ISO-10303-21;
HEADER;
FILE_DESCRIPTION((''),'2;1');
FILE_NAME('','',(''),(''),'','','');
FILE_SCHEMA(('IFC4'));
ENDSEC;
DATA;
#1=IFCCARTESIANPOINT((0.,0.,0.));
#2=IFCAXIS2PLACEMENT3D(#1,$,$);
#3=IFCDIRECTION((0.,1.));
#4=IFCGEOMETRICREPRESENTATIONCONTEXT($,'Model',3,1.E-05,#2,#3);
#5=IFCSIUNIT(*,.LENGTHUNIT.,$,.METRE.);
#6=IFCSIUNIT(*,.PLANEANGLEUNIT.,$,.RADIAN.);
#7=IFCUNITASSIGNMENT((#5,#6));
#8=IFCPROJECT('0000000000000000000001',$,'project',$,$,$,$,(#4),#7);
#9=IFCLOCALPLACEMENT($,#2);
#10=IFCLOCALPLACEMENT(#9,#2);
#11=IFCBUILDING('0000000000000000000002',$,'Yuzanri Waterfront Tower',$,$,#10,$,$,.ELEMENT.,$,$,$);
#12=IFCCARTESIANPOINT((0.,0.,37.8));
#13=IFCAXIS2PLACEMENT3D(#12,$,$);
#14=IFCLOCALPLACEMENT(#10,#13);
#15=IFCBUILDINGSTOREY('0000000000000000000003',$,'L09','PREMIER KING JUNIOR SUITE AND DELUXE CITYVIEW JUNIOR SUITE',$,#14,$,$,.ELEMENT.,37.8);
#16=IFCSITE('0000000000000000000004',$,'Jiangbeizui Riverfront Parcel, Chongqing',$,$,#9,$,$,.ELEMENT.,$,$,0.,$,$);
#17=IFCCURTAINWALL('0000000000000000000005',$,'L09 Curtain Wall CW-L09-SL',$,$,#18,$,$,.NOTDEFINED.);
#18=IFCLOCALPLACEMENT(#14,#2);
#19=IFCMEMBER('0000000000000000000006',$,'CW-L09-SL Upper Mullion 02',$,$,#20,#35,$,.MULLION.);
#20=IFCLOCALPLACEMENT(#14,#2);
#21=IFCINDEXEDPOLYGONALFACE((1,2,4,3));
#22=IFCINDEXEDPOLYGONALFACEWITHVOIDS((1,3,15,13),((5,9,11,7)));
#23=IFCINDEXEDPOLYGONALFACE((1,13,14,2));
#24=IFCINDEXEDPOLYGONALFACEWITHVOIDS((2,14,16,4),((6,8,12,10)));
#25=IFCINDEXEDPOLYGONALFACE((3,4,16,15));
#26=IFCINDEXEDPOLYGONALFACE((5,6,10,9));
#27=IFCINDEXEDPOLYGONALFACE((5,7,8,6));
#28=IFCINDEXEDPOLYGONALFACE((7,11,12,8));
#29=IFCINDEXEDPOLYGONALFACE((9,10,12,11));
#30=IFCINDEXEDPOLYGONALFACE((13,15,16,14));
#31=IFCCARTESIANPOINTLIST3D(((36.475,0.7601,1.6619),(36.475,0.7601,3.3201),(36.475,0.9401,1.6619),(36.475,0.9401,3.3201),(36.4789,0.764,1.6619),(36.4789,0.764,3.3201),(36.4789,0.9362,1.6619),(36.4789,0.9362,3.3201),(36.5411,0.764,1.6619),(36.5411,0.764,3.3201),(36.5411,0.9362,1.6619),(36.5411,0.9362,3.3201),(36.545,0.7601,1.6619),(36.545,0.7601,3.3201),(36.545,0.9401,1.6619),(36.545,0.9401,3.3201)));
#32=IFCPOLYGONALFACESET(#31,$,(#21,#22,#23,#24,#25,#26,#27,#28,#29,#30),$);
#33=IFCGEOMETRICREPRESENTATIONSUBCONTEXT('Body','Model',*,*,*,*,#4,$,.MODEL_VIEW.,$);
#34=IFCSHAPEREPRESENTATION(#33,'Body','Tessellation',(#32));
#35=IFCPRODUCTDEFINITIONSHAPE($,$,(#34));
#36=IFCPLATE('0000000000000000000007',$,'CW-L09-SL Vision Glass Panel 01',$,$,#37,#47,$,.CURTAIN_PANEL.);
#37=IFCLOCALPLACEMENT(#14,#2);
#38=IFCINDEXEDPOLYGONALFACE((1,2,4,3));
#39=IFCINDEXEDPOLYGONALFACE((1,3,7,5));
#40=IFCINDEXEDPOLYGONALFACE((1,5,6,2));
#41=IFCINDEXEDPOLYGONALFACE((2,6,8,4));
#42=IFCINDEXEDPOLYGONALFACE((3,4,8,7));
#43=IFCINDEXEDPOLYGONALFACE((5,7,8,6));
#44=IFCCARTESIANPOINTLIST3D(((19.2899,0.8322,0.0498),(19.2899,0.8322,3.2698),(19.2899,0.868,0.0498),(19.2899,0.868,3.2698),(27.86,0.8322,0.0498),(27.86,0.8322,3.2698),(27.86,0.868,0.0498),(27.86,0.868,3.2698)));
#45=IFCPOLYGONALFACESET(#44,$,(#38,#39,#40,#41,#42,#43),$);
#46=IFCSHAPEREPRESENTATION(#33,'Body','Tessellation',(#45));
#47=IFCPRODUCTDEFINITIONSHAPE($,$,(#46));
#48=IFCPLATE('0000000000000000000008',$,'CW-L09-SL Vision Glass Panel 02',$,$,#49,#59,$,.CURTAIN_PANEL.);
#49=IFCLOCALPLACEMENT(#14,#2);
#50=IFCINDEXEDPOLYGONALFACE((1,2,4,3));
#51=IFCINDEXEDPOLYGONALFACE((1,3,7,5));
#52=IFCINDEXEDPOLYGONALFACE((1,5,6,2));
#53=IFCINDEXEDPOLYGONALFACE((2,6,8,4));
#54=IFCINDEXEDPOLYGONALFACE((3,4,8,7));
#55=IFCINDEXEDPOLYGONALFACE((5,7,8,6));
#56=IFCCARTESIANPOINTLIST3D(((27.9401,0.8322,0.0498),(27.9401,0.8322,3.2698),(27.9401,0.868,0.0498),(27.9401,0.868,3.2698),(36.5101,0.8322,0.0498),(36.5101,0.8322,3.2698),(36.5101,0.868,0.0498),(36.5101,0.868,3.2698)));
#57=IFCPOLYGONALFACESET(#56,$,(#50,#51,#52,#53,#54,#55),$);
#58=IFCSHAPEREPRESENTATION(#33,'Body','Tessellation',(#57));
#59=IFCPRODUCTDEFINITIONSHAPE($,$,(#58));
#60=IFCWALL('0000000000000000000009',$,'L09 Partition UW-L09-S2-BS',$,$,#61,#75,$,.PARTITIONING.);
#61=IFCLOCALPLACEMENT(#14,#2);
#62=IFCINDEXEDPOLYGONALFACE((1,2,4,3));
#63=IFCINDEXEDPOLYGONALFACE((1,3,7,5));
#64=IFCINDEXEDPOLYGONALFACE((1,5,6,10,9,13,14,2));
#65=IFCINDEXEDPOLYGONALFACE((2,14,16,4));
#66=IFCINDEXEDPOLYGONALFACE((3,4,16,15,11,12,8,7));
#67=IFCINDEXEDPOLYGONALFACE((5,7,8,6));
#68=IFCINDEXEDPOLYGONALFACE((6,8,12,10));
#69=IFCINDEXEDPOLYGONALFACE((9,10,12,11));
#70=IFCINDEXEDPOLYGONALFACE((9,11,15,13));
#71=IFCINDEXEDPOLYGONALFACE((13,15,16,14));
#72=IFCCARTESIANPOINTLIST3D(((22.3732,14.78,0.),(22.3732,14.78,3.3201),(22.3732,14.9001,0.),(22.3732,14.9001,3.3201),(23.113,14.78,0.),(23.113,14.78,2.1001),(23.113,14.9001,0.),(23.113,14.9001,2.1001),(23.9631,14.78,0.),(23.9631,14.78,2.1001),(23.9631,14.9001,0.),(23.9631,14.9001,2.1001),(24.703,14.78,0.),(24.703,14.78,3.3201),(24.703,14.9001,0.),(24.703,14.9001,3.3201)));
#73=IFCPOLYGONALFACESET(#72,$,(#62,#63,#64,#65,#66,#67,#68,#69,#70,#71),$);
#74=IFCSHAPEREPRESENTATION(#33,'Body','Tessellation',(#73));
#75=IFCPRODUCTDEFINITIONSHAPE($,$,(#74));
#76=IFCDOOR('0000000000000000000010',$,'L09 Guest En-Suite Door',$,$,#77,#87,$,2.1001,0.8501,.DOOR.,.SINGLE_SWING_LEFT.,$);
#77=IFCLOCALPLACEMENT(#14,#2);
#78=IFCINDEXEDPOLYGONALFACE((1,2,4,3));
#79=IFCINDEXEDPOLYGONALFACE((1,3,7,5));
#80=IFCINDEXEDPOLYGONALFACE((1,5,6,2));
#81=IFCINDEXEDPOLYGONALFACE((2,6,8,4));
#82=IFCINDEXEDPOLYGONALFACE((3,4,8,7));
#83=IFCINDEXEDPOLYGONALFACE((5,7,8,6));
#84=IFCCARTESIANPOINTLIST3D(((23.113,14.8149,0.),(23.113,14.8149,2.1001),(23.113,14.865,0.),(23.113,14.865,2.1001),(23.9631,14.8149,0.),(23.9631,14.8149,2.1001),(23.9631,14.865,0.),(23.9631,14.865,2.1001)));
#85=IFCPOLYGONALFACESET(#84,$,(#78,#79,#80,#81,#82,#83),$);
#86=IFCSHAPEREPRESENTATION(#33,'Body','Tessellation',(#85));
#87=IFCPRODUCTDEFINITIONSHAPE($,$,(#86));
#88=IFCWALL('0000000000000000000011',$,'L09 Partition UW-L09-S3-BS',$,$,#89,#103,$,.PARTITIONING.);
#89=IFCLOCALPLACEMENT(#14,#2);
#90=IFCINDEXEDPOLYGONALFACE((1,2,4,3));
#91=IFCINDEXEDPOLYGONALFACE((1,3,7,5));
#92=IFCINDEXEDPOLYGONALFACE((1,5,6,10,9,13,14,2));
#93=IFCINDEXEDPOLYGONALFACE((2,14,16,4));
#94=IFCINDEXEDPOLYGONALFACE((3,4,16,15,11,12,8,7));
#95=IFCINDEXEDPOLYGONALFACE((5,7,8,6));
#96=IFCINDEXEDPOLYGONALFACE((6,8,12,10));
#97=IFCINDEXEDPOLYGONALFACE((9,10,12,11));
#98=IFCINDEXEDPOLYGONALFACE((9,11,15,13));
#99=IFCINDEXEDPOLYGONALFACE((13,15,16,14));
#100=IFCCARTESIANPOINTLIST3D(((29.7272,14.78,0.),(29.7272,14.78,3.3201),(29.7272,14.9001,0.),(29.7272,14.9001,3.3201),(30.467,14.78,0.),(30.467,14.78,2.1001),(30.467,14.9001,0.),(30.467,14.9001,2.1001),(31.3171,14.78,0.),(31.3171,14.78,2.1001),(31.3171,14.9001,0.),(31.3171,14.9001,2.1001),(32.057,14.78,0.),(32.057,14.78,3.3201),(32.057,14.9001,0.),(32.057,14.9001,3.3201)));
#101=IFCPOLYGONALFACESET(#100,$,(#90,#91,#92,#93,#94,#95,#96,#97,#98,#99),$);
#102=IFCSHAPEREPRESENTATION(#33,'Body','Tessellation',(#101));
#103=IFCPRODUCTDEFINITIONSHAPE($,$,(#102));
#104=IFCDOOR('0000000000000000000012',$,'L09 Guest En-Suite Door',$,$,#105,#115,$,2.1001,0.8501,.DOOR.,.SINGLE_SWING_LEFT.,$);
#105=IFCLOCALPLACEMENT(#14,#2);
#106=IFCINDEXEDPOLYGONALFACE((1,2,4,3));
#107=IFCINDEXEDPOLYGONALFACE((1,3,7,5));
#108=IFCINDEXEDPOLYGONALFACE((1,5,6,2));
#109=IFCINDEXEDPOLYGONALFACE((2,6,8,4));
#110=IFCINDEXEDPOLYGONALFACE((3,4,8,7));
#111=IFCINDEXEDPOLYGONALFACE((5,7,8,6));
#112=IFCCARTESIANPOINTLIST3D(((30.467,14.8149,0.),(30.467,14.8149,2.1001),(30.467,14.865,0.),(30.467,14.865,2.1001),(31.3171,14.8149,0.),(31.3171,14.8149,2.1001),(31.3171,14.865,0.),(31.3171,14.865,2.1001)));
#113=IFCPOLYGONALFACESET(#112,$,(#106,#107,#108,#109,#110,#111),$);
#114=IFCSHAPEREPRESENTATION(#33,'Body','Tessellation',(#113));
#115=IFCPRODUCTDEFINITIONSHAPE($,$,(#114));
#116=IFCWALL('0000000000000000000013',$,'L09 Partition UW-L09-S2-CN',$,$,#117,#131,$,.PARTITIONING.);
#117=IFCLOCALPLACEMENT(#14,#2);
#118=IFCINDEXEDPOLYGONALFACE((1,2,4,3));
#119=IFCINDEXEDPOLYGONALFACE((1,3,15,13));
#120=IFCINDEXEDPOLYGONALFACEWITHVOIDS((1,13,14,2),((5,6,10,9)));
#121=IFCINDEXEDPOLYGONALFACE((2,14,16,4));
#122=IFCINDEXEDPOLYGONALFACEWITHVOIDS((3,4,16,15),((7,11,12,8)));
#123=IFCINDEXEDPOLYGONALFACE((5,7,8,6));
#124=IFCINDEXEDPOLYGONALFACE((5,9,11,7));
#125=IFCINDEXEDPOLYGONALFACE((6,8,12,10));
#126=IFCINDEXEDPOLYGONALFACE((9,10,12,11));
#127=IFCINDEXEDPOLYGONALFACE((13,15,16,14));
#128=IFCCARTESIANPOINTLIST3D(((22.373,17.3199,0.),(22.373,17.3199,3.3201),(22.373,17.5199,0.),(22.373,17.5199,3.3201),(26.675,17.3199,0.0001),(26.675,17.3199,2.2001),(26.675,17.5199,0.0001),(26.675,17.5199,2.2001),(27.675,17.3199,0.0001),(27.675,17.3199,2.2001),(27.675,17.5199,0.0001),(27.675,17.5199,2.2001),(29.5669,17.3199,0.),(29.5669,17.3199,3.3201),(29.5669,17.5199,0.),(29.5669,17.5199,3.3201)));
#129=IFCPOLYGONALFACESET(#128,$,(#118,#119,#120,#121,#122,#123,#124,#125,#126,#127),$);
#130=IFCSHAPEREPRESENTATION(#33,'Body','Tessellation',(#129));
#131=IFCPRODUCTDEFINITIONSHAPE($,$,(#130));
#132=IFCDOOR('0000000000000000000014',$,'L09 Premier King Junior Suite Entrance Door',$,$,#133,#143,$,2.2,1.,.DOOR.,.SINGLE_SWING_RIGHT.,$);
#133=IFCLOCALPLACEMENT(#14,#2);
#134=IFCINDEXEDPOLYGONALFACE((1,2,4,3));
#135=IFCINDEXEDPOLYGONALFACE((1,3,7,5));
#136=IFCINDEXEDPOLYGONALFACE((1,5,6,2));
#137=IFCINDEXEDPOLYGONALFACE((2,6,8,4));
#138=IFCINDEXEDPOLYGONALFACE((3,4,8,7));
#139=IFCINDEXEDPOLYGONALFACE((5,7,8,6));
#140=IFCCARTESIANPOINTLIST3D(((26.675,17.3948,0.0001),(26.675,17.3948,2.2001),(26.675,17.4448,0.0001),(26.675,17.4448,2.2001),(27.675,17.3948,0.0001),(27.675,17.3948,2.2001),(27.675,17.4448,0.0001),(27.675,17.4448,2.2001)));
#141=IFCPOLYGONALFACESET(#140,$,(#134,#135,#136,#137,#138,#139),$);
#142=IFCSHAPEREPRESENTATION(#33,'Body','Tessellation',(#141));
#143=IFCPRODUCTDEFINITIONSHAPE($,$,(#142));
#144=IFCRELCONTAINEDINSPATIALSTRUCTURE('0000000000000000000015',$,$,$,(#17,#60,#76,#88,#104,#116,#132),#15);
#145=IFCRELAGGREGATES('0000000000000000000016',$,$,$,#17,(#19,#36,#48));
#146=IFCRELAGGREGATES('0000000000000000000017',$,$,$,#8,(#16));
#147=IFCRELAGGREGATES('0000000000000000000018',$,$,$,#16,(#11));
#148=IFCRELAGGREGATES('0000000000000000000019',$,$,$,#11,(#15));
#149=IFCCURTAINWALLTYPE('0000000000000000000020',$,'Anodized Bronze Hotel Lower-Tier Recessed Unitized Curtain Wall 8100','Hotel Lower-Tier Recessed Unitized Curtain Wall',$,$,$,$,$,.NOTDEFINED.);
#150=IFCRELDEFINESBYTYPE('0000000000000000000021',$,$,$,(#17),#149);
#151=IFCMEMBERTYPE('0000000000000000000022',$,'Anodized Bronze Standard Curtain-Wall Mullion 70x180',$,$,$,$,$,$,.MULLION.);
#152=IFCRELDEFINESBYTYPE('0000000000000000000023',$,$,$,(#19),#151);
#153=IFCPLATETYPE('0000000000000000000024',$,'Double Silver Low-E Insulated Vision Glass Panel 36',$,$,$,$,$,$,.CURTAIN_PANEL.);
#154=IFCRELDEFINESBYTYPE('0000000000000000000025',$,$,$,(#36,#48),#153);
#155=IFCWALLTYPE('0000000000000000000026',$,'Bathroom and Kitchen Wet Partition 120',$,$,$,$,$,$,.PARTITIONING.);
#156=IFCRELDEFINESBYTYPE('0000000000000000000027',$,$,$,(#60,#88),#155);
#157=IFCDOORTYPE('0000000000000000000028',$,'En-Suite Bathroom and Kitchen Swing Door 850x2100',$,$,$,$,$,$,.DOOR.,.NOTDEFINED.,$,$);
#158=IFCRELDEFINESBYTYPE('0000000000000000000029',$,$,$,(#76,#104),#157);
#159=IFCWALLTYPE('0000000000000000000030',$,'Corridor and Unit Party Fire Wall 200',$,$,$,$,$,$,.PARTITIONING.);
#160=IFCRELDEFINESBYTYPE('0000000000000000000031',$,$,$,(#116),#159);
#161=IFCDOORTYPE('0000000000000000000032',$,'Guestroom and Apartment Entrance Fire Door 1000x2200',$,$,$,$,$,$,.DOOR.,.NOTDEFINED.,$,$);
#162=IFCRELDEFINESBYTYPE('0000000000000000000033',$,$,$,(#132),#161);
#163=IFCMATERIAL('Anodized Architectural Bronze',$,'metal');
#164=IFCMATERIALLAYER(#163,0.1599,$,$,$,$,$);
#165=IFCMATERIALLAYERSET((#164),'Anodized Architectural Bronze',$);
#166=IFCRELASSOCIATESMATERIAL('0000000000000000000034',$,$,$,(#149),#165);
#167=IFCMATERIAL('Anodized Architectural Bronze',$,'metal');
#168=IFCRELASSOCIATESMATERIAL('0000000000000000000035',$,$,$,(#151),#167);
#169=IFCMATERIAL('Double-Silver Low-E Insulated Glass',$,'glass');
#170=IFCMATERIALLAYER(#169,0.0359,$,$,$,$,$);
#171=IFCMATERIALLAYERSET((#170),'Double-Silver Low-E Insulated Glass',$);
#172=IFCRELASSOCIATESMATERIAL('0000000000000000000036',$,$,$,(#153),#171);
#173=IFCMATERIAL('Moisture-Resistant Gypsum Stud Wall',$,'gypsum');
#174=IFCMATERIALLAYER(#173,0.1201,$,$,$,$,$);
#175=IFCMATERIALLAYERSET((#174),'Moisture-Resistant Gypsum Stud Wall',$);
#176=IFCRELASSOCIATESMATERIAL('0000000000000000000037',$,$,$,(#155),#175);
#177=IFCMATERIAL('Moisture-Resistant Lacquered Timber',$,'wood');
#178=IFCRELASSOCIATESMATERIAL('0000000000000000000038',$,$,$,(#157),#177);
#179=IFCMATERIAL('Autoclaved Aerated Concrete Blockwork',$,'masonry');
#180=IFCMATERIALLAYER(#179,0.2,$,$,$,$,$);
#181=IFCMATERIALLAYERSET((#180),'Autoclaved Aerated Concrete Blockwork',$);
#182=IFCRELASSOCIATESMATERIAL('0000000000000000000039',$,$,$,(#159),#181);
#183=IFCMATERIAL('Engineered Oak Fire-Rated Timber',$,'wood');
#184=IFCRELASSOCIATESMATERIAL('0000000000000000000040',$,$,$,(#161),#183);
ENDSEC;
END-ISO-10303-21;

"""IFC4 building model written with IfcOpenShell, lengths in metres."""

from ifc_helpers import new_model, si_unit, direction, frame, frame_2d, origin, origin_2d, place, context, subcontext, project, spatial, rectangle, hollow_rectangle, extrude, source, transform, mapped, material, layer, layer_set, material_profile, profile_set, type_object, element, fill, aggregate, save


model = new_model("IFC4")

# Units and contexts
model_context = context("Model", 3, precision=1e-05, world=origin(), true_north=direction((0.0, 1.0)))
body_context = subcontext(model_context, "Body", "Model", "MODEL_VIEW")
ifc_project = project(units=[si_unit("LENGTHUNIT", "METRE"), si_unit("PLANEANGLEUNIT", "RADIAN")], contexts=[model_context])

# Site, building, storey
site_placement = place(None, origin())
site = spatial("IfcSite", under=ifc_project, at=site_placement, Name="Jiangbeizui Riverfront Parcel, Chongqing", CompositionType="ELEMENT", RefElevation=0.0)
building_placement = place(site_placement, origin())
building = spatial("IfcBuilding", under=site, at=building_placement, Name="Yuzanri Waterfront Tower", CompositionType="ELEMENT")
storey_placement = place(building_placement, frame((0.0, 0.0, 37.8)))
storey = spatial("IfcBuildingStorey", under=building, at=storey_placement, Name="L09", Description="PREMIER KING JUNIOR SUITE AND DELUXE CITYVIEW JUNIOR SUITE", CompositionType="ELEMENT", Elevation=37.8)

# Curtain wall, member, plates
ifc_material_1 = material(Name="Anodized Architectural Bronze", Category="metal")
ifc_layer_1 = layer(ifc_material_1, 0.1599)
ifc_layer_set_1 = layer_set([ifc_layer_1], Name="Anodized Architectural Bronze")
curtain_wall_type = type_object("IfcCurtainWallType", Name="Anodized Bronze Hotel Lower-Tier Recessed Unitized Curtain Wall 8100", Description="Hotel Lower-Tier Recessed Unitized Curtain Wall", PredefinedType="NOTDEFINED", material=ifc_layer_set_1)
curtain_wall_placement = place(storey_placement, origin())
curtain_wall = element("IfcCurtainWall", 1, at=curtain_wall_placement, inside=storey, type_object=curtain_wall_type, Name="L09 Curtain Wall CW-L09-SL", PredefinedType="NOTDEFINED")
ifc_material_2 = material(Name="Anodized Architectural Bronze", Category="metal")
ifc_material_profile_1 = material_profile(ifc_material_2, hollow_rectangle(XDim=0.0701, YDim=0.1799, WallThickness=0.0039, at=origin_2d()), Name="CWM 70x180")
ifc_profile_set_1 = profile_set([ifc_material_profile_1], Name="Anodized Architectural Bronze")
member_type = type_object("IfcMemberType", Name="Anodized Bronze Standard Curtain-Wall Mullion 70x180", PredefinedType="MULLION", material=ifc_profile_set_1)
shared_shape_1 = source(origin(), body_context, "Body", "SweptSolid", [
    extrude(hollow_rectangle(XDim=0.0701, YDim=0.1799, WallThickness=0.0039, at=origin_2d()), origin(), (0.0, 0.0, 1.0), 1.6582),
])
member_1_placement = place(storey_placement, frame((36.51, 0.8501, 1.6619), z_axis=(0.0, 0.0, 1.0), x_axis=(1.0, 0.0, 0.0)))
member_1 = element("IfcMember", 2, at=member_1_placement, type_object=member_type, Name="CW-L09-SL Upper Mullion 02", PredefinedType="MULLION", context=body_context, shape_type="MappedRepresentation", body=[
    mapped(shared_shape_1, transform((0.0, 0.0, 0.0), scale=1.0)),
])
ifc_material_3 = material(Name="Double-Silver Low-E Insulated Glass", Category="glass")
ifc_layer_2 = layer(ifc_material_3, 0.0359)
ifc_layer_set_2 = layer_set([ifc_layer_2], Name="Double-Silver Low-E Insulated Glass")
plate_type = type_object("IfcPlateType", Name="Double Silver Low-E Insulated Vision Glass Panel 36", PredefinedType="CURTAIN_PANEL", material=ifc_layer_set_2)
shared_shape_2 = source(origin(), body_context, "Body", "SweptSolid", [
    extrude(rectangle(XDim=8.5701, YDim=0.0359, at=origin_2d()), origin(), (0.0, 0.0, 1.0), 3.22),
])
plate_1_placement = place(storey_placement, frame((23.575, 0.8501, 0.0498), z_axis=(0.0, 0.0, 1.0), x_axis=(1.0, 0.0, 0.0)))
plate_1 = element("IfcPlate", 3, at=plate_1_placement, type_object=plate_type, Name="CW-L09-SL Vision Glass Panel 01", PredefinedType="CURTAIN_PANEL", context=body_context, shape_type="MappedRepresentation", body=[
    mapped(shared_shape_2, transform((0.0, 0.0, 0.0), scale=1.0)),
])
plate_2_placement = place(storey_placement, frame((32.2251, 0.8501, 0.0498), z_axis=(0.0, 0.0, 1.0), x_axis=(1.0, 0.0, 0.0)))
plate_2 = element("IfcPlate", 4, at=plate_2_placement, type_object=plate_type, Name="CW-L09-SL Vision Glass Panel 02", PredefinedType="CURTAIN_PANEL", context=body_context, shape_type="MappedRepresentation", body=[
    mapped(shared_shape_2, transform((0.0, 0.0, 0.0), scale=1.0)),
])
aggregate(curtain_wall, [member_1, plate_1, plate_2])

# Walls, openings, doors
ifc_material_4 = material(Name="Moisture-Resistant Gypsum Stud Wall", Category="gypsum")
ifc_layer_3 = layer(ifc_material_4, 0.1201)
ifc_layer_set_3 = layer_set([ifc_layer_3], Name="Moisture-Resistant Gypsum Stud Wall")
wall_type_1 = type_object("IfcWallType", Name="Bathroom and Kitchen Wet Partition 120", PredefinedType="PARTITIONING", material=ifc_layer_set_3)
wall_1_placement = place(storey_placement, frame((22.373, 14.8401, 0.0), z_axis=(0.0, 0.0, 1.0), x_axis=(1.0, 0.0, 0.0)))
wall_1 = element("IfcWall", 5, at=wall_1_placement, inside=storey, type_object=wall_type_1, Name="L09 Partition UW-L09-S2-BS", PredefinedType="PARTITIONING", context=body_context, shape_type="SweptSolid", body=[
    extrude(rectangle(XDim=2.3298, YDim=0.1201, at=frame_2d((1.165, 0.0))), origin(), (0.0, 0.0, 1.0), 3.3201),
])
opening_1_placement = place(wall_1_placement, frame((0.74, 0.0, 0.0)))
opening_1 = element("IfcOpeningElement", 6, at=opening_1_placement, cuts=wall_1, PredefinedType="OPENING", context=body_context, shape_type="SweptSolid", body=[
    extrude(rectangle(XDim=0.8501, YDim=2.1001, at=frame_2d((0.425, 1.05))), frame((0.0, 0.075, 0.0), z_axis=(0.0, -1.0, 0.0), x_axis=(1.0, 0.0, 0.0)), (0.0, 0.0, 1.0), 0.1499),
])
ifc_material_5 = material(Name="Moisture-Resistant Lacquered Timber", Category="wood")
door_type_1 = type_object("IfcDoorType", Name="En-Suite Bathroom and Kitchen Swing Door 850x2100", OperationType="NOTDEFINED", PredefinedType="DOOR", material=ifc_material_5)
shared_shape_3 = source(origin(), body_context, "Body", "SweptSolid", [
    extrude(rectangle(XDim=0.8501, YDim=2.1001, at=frame_2d((0.425, 1.05))), frame((0.0, 0.0249, 0.0), z_axis=(0.0, -1.0, 0.0), x_axis=(1.0, 0.0, 0.0)), (0.0, 0.0, 1.0), 0.05),
])
door_1_placement = place(opening_1_placement, origin())
door_1 = element("IfcDoor", 7, at=door_1_placement, inside=storey, type_object=door_type_1, Name="L09 Guest En-Suite Door", OperationType="SINGLE_SWING_LEFT", OverallHeight=2.1001, OverallWidth=0.8501, PredefinedType="DOOR", context=body_context, shape_type="MappedRepresentation", body=[
    mapped(shared_shape_3, transform((0.0, 0.0, 0.0), scale=1.0)),
])
fill(opening_1, door_1)
wall_2_placement = place(storey_placement, frame((29.7271, 14.8401, 0.0), z_axis=(0.0, 0.0, 1.0), x_axis=(1.0, 0.0, 0.0)))
wall_2 = element("IfcWall", 8, at=wall_2_placement, inside=storey, type_object=wall_type_1, Name="L09 Partition UW-L09-S3-BS", PredefinedType="PARTITIONING", context=body_context, shape_type="SweptSolid", body=[
    extrude(rectangle(XDim=2.3298, YDim=0.1201, at=frame_2d((1.165, 0.0))), origin(), (0.0, 0.0, 1.0), 3.3201),
])
opening_2_placement = place(wall_2_placement, frame((0.74, 0.0, 0.0)))
opening_2 = element("IfcOpeningElement", 9, at=opening_2_placement, cuts=wall_2, PredefinedType="OPENING", context=body_context, shape_type="SweptSolid", body=[
    extrude(rectangle(XDim=0.8501, YDim=2.1001, at=frame_2d((0.425, 1.05))), frame((0.0, 0.075, 0.0), z_axis=(0.0, -1.0, 0.0), x_axis=(1.0, 0.0, 0.0)), (0.0, 0.0, 1.0), 0.1499),
])
door_2_placement = place(opening_2_placement, origin())
door_2 = element("IfcDoor", 10, at=door_2_placement, inside=storey, type_object=door_type_1, Name="L09 Guest En-Suite Door", OperationType="SINGLE_SWING_LEFT", OverallHeight=2.1001, OverallWidth=0.8501, PredefinedType="DOOR", context=body_context, shape_type="MappedRepresentation", body=[
    mapped(shared_shape_3, transform((0.0, 0.0, 0.0), scale=1.0)),
])
fill(opening_2, door_2)

# Wall, opening, door
ifc_material_6 = material(Name="Autoclaved Aerated Concrete Blockwork", Category="masonry")
ifc_layer_4 = layer(ifc_material_6, 0.2)
ifc_layer_set_4 = layer_set([ifc_layer_4], Name="Autoclaved Aerated Concrete Blockwork")
wall_type_2 = type_object("IfcWallType", Name="Corridor and Unit Party Fire Wall 200", PredefinedType="PARTITIONING", material=ifc_layer_set_4)
wall_3_placement = place(storey_placement, frame((22.373, 17.4199, 0.0), z_axis=(0.0, 0.0, 1.0), x_axis=(1.0, 0.0, 0.0)))
wall_3 = element("IfcWall", 11, at=wall_3_placement, inside=storey, type_object=wall_type_2, Name="L09 Partition UW-L09-S2-CN", PredefinedType="PARTITIONING", context=body_context, shape_type="SweptSolid", body=[
    extrude(rectangle(XDim=7.1938, YDim=0.2, at=frame_2d((3.5969, 0.0))), origin(), (0.0, 0.0, 1.0), 3.3201),
])
opening_3_placement = place(wall_3_placement, frame((4.302, 0.0, 0.0)))
opening_3 = element("IfcOpeningElement", 12, at=opening_3_placement, cuts=wall_3, PredefinedType="OPENING", context=body_context, shape_type="SweptSolid", body=[
    extrude(rectangle(XDim=1.0, YDim=2.2, at=frame_2d((0.5, 1.1001))), frame((0.0, 0.1147, 0.0), z_axis=(0.0, -1.0, 0.0), x_axis=(1.0, 0.0, 0.0)), (0.0, 0.0, 1.0), 0.2297),
])
ifc_material_7 = material(Name="Engineered Oak Fire-Rated Timber", Category="wood")
door_type_2 = type_object("IfcDoorType", Name="Guestroom and Apartment Entrance Fire Door 1000x2200", OperationType="NOTDEFINED", PredefinedType="DOOR", material=ifc_material_7)
shared_shape_4 = source(origin(), body_context, "Body", "SweptSolid", [
    extrude(rectangle(XDim=1.0, YDim=2.2, at=frame_2d((0.5, 1.1001))), frame((0.0, 0.0249, 0.0), z_axis=(0.0, -1.0, 0.0), x_axis=(1.0, 0.0, 0.0)), (0.0, 0.0, 1.0), 0.05),
])
door_3_placement = place(opening_3_placement, origin())
door_3 = element("IfcDoor", 13, at=door_3_placement, inside=storey, type_object=door_type_2, Name="L09 Premier King Junior Suite Entrance Door", OperationType="SINGLE_SWING_RIGHT", OverallHeight=2.2, OverallWidth=1.0, PredefinedType="DOOR", context=body_context, shape_type="MappedRepresentation", body=[
    mapped(shared_shape_4, transform((0.0, 0.0, 0.0), scale=1.0)),
])
fill(opening_3, door_3)

save(model, "model.ifc")
